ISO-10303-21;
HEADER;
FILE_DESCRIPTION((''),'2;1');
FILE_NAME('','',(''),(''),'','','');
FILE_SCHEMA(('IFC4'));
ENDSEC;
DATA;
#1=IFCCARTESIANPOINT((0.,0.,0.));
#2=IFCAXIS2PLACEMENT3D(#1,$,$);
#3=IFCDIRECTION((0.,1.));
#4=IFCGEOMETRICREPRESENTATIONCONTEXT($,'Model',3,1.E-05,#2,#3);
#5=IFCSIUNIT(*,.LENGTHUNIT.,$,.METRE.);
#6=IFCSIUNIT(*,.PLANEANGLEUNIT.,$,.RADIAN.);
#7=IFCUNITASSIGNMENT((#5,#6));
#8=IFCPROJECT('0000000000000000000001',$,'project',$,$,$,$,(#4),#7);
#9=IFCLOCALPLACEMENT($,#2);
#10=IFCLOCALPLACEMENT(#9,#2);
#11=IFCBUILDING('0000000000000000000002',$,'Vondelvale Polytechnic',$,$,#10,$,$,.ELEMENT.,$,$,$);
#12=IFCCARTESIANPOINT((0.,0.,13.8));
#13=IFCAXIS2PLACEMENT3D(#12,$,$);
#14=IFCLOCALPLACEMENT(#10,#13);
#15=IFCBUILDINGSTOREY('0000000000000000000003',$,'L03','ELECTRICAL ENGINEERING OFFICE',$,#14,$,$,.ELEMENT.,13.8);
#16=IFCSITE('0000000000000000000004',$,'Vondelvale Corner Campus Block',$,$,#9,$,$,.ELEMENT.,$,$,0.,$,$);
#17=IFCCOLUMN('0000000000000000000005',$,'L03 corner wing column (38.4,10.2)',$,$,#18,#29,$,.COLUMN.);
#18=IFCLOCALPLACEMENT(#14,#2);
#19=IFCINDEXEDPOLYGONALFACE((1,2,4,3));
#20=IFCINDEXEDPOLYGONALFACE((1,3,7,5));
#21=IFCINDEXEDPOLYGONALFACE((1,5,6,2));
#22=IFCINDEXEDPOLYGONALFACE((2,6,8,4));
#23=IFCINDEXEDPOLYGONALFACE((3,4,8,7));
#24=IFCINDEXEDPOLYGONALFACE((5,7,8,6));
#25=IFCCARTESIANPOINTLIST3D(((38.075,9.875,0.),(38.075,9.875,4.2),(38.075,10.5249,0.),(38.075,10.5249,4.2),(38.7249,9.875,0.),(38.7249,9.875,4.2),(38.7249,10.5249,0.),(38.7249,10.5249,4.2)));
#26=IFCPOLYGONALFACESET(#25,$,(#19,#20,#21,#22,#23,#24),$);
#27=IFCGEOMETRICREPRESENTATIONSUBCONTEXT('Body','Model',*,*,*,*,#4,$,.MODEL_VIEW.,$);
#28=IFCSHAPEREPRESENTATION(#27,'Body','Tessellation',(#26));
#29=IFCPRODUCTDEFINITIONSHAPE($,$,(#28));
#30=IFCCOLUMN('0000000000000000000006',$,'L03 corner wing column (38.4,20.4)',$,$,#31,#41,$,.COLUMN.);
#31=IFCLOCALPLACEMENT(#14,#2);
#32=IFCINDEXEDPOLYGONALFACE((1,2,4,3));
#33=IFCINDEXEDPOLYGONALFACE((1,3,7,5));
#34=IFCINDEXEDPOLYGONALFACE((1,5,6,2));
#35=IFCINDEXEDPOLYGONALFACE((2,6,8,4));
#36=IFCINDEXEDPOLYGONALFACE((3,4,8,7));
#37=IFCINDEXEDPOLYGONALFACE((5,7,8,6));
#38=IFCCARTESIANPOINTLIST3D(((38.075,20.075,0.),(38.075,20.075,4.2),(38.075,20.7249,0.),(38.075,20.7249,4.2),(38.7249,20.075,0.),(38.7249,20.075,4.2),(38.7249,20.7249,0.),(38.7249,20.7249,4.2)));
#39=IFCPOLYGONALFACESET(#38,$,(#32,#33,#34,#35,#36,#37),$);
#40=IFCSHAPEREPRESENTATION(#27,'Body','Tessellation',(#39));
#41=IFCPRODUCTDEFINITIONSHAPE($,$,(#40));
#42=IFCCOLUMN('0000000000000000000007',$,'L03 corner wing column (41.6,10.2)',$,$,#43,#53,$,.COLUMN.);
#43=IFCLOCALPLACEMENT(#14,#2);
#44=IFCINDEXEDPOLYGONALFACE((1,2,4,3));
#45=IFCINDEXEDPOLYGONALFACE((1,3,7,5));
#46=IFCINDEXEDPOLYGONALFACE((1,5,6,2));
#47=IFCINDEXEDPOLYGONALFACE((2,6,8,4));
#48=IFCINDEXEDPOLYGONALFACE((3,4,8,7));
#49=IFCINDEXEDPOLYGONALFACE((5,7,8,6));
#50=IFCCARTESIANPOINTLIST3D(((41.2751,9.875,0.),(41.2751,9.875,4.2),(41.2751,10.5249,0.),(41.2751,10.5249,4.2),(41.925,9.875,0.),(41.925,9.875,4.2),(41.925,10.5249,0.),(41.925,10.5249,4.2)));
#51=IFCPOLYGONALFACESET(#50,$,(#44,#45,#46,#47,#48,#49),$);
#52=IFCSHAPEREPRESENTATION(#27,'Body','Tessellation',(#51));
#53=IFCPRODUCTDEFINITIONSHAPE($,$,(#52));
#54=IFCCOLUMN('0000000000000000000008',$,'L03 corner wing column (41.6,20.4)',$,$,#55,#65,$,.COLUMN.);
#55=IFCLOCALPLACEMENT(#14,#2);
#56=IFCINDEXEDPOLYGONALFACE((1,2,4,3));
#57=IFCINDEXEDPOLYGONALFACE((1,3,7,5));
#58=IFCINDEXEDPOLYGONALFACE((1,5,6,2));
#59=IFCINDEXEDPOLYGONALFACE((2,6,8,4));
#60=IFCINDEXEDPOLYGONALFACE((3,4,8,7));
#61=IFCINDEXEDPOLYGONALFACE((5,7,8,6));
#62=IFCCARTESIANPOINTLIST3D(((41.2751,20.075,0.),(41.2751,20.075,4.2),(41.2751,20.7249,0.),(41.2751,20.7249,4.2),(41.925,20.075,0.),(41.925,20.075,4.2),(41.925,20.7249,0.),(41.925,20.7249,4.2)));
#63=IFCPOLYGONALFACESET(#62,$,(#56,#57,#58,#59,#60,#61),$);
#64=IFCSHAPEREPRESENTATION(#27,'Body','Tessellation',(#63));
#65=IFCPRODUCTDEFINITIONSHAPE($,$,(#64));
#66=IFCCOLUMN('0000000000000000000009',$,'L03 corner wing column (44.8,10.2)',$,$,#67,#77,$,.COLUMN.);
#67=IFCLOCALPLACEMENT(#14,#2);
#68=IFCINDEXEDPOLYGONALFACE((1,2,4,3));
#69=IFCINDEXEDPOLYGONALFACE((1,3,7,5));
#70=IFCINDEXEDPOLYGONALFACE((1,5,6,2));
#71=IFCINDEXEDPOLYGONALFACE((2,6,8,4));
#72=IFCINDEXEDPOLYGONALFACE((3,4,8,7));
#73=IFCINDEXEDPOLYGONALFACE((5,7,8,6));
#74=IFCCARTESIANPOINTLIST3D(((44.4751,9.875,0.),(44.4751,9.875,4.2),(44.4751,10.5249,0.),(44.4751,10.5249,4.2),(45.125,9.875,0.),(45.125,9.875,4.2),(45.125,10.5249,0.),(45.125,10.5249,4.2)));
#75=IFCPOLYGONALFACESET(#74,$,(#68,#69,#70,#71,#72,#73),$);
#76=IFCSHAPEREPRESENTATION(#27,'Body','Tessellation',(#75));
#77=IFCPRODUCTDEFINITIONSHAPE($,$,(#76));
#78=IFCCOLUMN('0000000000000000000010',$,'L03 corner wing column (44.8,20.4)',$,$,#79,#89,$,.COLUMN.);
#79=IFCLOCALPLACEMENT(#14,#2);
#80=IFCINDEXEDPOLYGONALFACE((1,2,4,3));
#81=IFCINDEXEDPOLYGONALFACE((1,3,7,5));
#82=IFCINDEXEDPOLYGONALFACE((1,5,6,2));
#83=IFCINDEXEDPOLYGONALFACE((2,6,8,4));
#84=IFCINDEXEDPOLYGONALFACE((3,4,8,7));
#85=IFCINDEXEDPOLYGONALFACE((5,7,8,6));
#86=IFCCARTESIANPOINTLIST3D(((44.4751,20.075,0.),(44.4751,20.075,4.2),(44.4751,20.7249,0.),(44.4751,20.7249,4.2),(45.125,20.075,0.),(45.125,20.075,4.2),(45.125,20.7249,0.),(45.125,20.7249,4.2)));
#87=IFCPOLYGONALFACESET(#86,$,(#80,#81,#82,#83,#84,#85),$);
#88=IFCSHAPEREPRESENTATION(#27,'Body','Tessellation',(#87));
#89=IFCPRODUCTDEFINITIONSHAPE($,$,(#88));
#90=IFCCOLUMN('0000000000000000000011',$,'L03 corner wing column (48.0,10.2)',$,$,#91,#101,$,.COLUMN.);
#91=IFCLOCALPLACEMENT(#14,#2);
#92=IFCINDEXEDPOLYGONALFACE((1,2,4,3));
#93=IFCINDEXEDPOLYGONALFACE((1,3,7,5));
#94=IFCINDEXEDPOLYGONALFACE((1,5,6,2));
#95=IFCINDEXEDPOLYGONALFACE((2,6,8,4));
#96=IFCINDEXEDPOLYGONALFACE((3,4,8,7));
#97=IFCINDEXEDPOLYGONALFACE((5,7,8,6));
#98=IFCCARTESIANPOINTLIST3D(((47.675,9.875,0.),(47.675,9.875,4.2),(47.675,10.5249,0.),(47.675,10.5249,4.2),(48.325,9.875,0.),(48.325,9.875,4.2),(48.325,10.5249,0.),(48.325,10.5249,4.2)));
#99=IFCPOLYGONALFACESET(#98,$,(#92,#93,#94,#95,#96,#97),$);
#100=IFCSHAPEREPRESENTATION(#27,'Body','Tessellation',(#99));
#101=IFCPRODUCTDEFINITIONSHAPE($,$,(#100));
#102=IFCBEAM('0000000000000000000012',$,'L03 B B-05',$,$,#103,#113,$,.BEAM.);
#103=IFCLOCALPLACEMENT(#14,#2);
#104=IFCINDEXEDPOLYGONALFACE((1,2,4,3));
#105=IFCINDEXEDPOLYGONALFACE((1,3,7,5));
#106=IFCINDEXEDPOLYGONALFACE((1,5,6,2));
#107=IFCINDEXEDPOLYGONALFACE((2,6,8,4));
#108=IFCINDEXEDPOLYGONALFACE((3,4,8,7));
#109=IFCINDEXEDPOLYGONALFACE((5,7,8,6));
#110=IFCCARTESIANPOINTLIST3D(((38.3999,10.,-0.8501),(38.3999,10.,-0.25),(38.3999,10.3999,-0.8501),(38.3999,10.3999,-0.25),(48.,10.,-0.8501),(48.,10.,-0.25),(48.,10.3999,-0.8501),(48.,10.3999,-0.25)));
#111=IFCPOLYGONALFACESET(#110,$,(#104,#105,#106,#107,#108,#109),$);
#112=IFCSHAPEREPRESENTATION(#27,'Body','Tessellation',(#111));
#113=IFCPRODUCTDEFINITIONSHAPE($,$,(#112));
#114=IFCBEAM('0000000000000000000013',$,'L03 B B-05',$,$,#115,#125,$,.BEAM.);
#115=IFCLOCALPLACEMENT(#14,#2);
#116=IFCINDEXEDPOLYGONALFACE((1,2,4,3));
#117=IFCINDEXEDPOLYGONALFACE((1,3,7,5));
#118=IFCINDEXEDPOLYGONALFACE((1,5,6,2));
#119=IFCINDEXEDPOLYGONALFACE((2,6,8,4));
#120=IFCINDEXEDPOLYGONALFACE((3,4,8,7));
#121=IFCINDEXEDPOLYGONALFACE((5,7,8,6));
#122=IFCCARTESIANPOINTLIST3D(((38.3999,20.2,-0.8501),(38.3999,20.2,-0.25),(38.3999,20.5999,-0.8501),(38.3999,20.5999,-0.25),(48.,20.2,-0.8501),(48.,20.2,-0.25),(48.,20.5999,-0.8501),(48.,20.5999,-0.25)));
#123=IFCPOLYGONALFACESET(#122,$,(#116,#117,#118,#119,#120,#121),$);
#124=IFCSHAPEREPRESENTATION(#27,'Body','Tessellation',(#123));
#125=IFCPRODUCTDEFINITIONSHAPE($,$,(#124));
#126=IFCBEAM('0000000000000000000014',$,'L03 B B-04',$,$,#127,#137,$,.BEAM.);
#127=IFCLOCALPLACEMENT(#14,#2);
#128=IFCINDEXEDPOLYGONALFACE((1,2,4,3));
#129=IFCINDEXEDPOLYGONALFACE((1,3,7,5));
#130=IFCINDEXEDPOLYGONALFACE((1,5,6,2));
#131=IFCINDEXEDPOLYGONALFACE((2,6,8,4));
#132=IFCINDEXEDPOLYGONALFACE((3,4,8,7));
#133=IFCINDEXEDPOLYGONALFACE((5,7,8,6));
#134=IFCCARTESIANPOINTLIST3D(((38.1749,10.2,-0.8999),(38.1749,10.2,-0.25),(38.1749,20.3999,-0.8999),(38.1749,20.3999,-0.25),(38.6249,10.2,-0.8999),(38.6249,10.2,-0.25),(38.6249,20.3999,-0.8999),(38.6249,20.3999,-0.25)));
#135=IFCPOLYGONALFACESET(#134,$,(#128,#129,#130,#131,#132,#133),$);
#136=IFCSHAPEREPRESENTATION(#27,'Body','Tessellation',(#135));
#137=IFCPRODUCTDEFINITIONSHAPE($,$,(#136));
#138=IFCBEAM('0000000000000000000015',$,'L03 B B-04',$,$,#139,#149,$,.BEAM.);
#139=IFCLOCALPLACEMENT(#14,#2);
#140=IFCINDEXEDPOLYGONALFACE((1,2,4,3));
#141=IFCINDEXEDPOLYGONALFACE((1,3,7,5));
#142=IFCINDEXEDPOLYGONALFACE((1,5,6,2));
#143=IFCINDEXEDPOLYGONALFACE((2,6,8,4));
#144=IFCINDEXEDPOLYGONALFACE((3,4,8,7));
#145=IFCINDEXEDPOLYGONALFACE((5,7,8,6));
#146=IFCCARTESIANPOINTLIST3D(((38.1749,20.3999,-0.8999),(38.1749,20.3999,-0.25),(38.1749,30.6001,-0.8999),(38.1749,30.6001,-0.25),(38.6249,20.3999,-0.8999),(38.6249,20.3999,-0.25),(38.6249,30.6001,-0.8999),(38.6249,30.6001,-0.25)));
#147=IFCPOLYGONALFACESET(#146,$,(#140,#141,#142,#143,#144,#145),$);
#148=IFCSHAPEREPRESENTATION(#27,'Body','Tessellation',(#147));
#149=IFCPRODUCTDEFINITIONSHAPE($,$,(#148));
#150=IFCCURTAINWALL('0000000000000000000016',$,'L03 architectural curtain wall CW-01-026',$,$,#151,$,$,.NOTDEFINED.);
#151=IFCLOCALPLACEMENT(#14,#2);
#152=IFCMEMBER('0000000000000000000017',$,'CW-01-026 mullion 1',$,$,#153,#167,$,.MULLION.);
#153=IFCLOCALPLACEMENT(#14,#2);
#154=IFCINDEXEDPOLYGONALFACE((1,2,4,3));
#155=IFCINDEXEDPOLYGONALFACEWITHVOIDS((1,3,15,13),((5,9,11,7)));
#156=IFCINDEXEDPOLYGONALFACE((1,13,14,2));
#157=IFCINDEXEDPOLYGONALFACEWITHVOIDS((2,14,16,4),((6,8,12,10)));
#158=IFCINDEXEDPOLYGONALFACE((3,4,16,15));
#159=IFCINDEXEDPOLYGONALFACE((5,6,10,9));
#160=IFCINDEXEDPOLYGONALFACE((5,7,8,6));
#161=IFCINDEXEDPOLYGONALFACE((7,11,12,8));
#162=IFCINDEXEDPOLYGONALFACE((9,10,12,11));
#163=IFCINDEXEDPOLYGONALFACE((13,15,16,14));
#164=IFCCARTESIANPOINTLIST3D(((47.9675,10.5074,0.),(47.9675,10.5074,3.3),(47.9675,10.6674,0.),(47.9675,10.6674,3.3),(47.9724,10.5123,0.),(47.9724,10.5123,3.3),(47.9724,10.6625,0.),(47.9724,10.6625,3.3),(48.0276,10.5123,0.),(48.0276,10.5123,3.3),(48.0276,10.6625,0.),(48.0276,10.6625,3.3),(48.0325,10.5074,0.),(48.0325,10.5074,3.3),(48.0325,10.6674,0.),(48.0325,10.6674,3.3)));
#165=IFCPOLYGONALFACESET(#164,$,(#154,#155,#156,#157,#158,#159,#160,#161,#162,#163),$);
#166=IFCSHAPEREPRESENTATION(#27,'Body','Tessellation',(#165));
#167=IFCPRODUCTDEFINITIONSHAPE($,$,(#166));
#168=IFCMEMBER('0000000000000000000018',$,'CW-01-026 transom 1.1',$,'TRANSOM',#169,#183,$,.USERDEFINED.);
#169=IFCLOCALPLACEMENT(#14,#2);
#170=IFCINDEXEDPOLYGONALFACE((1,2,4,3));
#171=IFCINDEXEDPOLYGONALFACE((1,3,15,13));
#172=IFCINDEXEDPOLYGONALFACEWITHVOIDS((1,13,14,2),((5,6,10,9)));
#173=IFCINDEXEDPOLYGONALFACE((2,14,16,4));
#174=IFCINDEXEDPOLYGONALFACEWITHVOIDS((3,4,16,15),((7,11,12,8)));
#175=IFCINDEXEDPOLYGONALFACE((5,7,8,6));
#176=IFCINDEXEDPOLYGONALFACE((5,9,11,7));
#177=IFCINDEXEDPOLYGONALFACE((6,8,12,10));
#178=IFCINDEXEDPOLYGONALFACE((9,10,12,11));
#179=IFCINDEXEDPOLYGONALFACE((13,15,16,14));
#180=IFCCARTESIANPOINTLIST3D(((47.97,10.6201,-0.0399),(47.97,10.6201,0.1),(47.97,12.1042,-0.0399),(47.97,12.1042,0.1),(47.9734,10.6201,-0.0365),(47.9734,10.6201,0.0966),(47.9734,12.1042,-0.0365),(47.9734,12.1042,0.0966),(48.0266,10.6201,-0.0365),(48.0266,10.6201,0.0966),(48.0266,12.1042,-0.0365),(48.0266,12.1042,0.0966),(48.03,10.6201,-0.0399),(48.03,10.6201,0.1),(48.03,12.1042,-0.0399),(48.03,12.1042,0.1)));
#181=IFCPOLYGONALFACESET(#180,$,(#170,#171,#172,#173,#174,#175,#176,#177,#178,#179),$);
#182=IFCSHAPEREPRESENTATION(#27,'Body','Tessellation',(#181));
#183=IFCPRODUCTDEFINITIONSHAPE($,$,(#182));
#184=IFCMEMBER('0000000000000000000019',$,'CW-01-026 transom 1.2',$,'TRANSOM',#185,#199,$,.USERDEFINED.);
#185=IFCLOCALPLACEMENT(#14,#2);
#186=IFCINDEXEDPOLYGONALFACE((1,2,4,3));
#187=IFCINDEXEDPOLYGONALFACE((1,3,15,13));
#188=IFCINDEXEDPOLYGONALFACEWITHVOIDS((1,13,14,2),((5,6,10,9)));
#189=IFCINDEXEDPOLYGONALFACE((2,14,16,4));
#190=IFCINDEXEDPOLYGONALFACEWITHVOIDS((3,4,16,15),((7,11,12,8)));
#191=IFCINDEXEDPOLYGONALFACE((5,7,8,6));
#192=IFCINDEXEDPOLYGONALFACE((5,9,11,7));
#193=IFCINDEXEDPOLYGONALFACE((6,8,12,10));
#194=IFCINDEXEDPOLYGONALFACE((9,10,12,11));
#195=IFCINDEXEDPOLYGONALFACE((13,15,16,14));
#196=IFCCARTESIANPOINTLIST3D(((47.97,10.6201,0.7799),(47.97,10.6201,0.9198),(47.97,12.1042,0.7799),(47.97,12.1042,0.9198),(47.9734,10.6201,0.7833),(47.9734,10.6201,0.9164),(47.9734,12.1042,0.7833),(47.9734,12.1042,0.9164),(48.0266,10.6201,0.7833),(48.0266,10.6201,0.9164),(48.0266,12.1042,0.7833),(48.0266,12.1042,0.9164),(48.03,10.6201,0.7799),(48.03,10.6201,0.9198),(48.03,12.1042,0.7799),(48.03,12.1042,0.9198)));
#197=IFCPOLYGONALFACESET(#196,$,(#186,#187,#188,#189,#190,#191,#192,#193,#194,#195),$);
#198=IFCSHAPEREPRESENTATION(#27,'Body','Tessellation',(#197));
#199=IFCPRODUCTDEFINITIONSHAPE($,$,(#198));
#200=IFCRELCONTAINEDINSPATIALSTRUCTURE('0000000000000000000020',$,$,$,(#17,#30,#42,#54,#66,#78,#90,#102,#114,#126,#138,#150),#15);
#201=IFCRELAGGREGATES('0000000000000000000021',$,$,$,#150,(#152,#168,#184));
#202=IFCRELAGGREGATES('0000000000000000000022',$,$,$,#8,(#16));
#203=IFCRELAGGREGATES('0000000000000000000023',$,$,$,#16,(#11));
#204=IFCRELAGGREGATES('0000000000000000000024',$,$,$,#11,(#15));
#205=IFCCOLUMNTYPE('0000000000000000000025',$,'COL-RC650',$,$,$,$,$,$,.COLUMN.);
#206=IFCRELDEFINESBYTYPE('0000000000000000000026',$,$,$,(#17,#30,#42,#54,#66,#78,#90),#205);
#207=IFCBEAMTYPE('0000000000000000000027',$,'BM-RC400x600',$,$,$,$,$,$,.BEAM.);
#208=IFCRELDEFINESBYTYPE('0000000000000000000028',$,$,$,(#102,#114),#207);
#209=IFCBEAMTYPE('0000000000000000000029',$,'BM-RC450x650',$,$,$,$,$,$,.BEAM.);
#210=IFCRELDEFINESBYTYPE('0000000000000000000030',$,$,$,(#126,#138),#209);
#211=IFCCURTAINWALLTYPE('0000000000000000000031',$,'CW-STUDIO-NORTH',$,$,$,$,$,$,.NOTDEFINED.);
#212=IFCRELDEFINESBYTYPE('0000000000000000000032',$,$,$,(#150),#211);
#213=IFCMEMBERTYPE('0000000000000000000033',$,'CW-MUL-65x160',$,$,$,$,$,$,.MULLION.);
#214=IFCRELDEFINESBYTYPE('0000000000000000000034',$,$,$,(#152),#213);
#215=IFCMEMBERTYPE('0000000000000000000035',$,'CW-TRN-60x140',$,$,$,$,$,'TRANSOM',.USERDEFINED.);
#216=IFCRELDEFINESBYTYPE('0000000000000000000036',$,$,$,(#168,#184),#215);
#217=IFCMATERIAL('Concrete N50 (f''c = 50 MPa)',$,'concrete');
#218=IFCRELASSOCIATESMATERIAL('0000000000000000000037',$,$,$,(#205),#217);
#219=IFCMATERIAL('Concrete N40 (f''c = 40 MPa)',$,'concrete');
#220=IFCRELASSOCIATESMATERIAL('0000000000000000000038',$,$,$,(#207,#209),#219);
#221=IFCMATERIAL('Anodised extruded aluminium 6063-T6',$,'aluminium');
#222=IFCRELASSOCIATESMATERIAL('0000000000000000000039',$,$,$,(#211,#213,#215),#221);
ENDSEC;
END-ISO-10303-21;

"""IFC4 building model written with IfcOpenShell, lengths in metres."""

from ifc_helpers import new_model, si_unit, direction, frame, origin, origin_2d, place, context, subcontext, project, spatial, rectangle, hollow_rectangle, extrude, material, material_profile, profile_set, type_object, element, aggregate, save


model = new_model("IFC4")

# Units and contexts
model_context = context("Model", 3, precision=1e-05, world=origin(), true_north=direction((0.0, 1.0)))
body_context = subcontext(model_context, "Body", "Model", "MODEL_VIEW")
ifc_project = project(units=[si_unit("LENGTHUNIT", "METRE"), si_unit("PLANEANGLEUNIT", "RADIAN")], contexts=[model_context])

# Site, building, storey
site_placement = place(None, origin())
site = spatial("IfcSite", under=ifc_project, at=site_placement, Name="Vondelvale Corner Campus Block", CompositionType="ELEMENT", RefElevation=0.0)
building_placement = place(site_placement, origin())
building = spatial("IfcBuilding", under=site, at=building_placement, Name="Vondelvale Polytechnic", CompositionType="ELEMENT")
storey_placement = place(building_placement, frame((0.0, 0.0, 13.8)))
storey = spatial("IfcBuildingStorey", under=building, at=storey_placement, Name="L03", Description="ELECTRICAL ENGINEERING OFFICE", CompositionType="ELEMENT", Elevation=13.8)

# Columns
ifc_material_1 = material(Name="Concrete N50 (f'c = 50 MPa)", Category="concrete")
ifc_material_profile_1 = material_profile(ifc_material_1, rectangle(XDim=0.6499, YDim=0.6499, at=origin_2d()), Name="RC-COL-650x650")
ifc_profile_set_1 = profile_set([ifc_material_profile_1], Name="Concrete N50 (f'c = 50 MPa)")
column_type = type_object("IfcColumnType", Name="COL-RC650", PredefinedType="COLUMN", material=ifc_profile_set_1)
for number, where, z_axis, x_axis, name in (
    (1, (38.3999, 10.2, 0.0), (0.0, 0.0, 1.0), (1.0, 0.0, 0.0), "L03 corner wing column (38.4,10.2)"),
    (2, (38.3999, 20.3999, 0.0), (0.0, 0.0, 1.0), (1.0, 0.0, 0.0), "L03 corner wing column (38.4,20.4)"),
    (3, (41.6001, 10.2, 0.0), (0.0, 0.0, 1.0), (1.0, 0.0, 0.0), "L03 corner wing column (41.6,10.2)"),
    (4, (41.6001, 20.3999, 0.0), (0.0, 0.0, 1.0), (1.0, 0.0, 0.0), "L03 corner wing column (41.6,20.4)"),
    (5, (44.8, 10.2, 0.0), (0.0, 0.0, 1.0), (1.0, 0.0, 0.0), "L03 corner wing column (44.8,10.2)"),
    (6, (44.8, 20.3999, 0.0), (0.0, 0.0, 1.0), (1.0, 0.0, 0.0), "L03 corner wing column (44.8,20.4)"),
    (7, (48.0, 10.2, 0.0), (0.0, 0.0, 1.0), (1.0, 0.0, 0.0), "L03 corner wing column (48.0,10.2)"),
):
    element("IfcColumn", number, at=place(storey_placement, frame(where, z_axis=z_axis, x_axis=x_axis)), inside=storey, type_object=column_type, Name=name, PredefinedType="COLUMN", context=body_context, shape_type="SweptSolid", body=[
        extrude(rectangle(XDim=0.6499, YDim=0.6499, at=origin_2d()), origin(), (0.0, 0.0, 1.0), 4.2),
    ])

# Beams
ifc_material_2 = material(Name="Concrete N40 (f'c = 40 MPa)", Category="concrete")
ifc_material_profile_2 = material_profile(ifc_material_2, rectangle(XDim=0.3999, YDim=0.6001, at=origin_2d()), Name="RC-BM-400x600")
ifc_profile_set_2 = profile_set([ifc_material_profile_2], Name="Concrete N40 (f'c = 40 MPa)")
beam_type_1 = type_object("IfcBeamType", Name="BM-RC400x600", PredefinedType="BEAM", material=ifc_profile_set_2)
for number, where, z_axis, x_axis, name in (
    (8, (38.3999, 10.2, -0.55), (1.0, 0.0, 0.0), (0.0, 1.0, 0.0), "L03 B B-05"),
    (9, (38.3999, 20.3999, -0.55), (1.0, 0.0, 0.0), (0.0, 1.0, 0.0), "L03 B B-05"),
):
    element("IfcBeam", number, at=place(storey_placement, frame(where, z_axis=z_axis, x_axis=x_axis)), inside=storey, type_object=beam_type_1, Name=name, PredefinedType="BEAM", context=body_context, shape_type="SweptSolid", body=[
        extrude(rectangle(XDim=0.3999, YDim=0.6001, at=origin_2d()), origin(), (0.0, 0.0, 1.0), 9.6001),
    ])
ifc_material_profile_3 = material_profile(ifc_material_2, rectangle(XDim=0.45, YDim=0.6499, at=origin_2d()), Name="RC-BM-450x650")
ifc_profile_set_3 = profile_set([ifc_material_profile_3], Name="Concrete N40 (f'c = 40 MPa)")
beam_type_2 = type_object("IfcBeamType", Name="BM-RC450x650", PredefinedType="BEAM", material=ifc_profile_set_3)
beam_1_placement = place(storey_placement, frame((38.3999, 10.2, -0.575), z_axis=(0.0, 1.0, 0.0), x_axis=(-1.0, 0.0, 0.0)))
element("IfcBeam", 10, at=beam_1_placement, inside=storey, type_object=beam_type_2, Name="L03 B B-04", PredefinedType="BEAM", context=body_context, shape_type="SweptSolid", body=[
    extrude(rectangle(XDim=0.45, YDim=0.6499, at=origin_2d()), origin(), (0.0, 0.0, 1.0), 10.2),
])
beam_2_placement = place(storey_placement, frame((38.3999, 20.3999, -0.575), z_axis=(0.0, 1.0, 0.0), x_axis=(-1.0, 0.0, 0.0)))
element("IfcBeam", 11, at=beam_2_placement, inside=storey, type_object=beam_type_2, Name="L03 B B-04", PredefinedType="BEAM", context=body_context, shape_type="SweptSolid", body=[
    extrude(rectangle(XDim=0.45, YDim=0.6499, at=origin_2d()), origin(), (0.0, 0.0, 1.0), 10.2002),
])

# Curtain wall, members
ifc_material_3 = material(Name="Anodised extruded aluminium 6063-T6", Category="aluminium")
curtain_wall_type = type_object("IfcCurtainWallType", Name="CW-STUDIO-NORTH", PredefinedType="NOTDEFINED", material=ifc_material_3)
curtain_wall_placement = place(storey_placement, origin())
curtain_wall = element("IfcCurtainWall", 12, at=curtain_wall_placement, inside=storey, type_object=curtain_wall_type, Name="L03 architectural curtain wall CW-01-026", PredefinedType="NOTDEFINED")
ifc_material_profile_4 = material_profile(ifc_material_3, hollow_rectangle(XDim=0.0649, YDim=0.1599, WallThickness=0.0049, at=origin_2d()), Name="CW-MUL-160x65")
ifc_profile_set_4 = profile_set([ifc_material_profile_4], Name="Anodised extruded aluminium 6063-T6")
member_type_1 = type_object("IfcMemberType", Name="CW-MUL-65x160", PredefinedType="MULLION", material=ifc_profile_set_4)
member_1_placement = place(storey_placement, frame((48.0, 10.5874, 0.0), z_axis=(0.0, 0.0, 1.0), x_axis=(-1.0, 0.0, 0.0)))
member_1 = element("IfcMember", 13, at=member_1_placement, type_object=member_type_1, Name="CW-01-026 mullion 1", PredefinedType="MULLION", context=body_context, shape_type="SweptSolid", body=[
    extrude(hollow_rectangle(XDim=0.0649, YDim=0.1599, WallThickness=0.0049, at=origin_2d()), origin(), (0.0, 0.0, 1.0), 3.3),
])
ifc_material_profile_5 = material_profile(ifc_material_3, hollow_rectangle(XDim=0.0601, YDim=0.1399, WallThickness=0.0034, at=origin_2d()), Name="CW-TRN-140x60")
ifc_profile_set_5 = profile_set([ifc_material_profile_5], Name="Anodised extruded aluminium 6063-T6")
member_type_2 = type_object("IfcMemberType", Name="CW-TRN-60x140", ElementType="TRANSOM", PredefinedType="USERDEFINED", material=ifc_profile_set_5)
member_2_placement = place(storey_placement, frame((48.0, 10.6201, 0.03), z_axis=(0.0, 1.0, 0.0), x_axis=(-1.0, 0.0, 0.0)))
member_2 = element("IfcMember", 14, at=member_2_placement, type_object=member_type_2, Name="CW-01-026 transom 1.1", ObjectType="TRANSOM", PredefinedType="USERDEFINED", context=body_context, shape_type="SweptSolid", body=[
    extrude(hollow_rectangle(XDim=0.0601, YDim=0.1399, WallThickness=0.0034, at=origin_2d()), origin(), (0.0, 0.0, 1.0), 1.4841),
])
member_3_placement = place(storey_placement, frame((48.0, 10.6201, 0.8499), z_axis=(0.0, 1.0, 0.0), x_axis=(-1.0, 0.0, 0.0)))
member_3 = element("IfcMember", 15, at=member_3_placement, type_object=member_type_2, Name="CW-01-026 transom 1.2", ObjectType="TRANSOM", PredefinedType="USERDEFINED", context=body_context, shape_type="SweptSolid", body=[
    extrude(hollow_rectangle(XDim=0.0601, YDim=0.1399, WallThickness=0.0034, at=origin_2d()), origin(), (0.0, 0.0, 1.0), 1.4841),
])
aggregate(curtain_wall, [member_1, member_2, member_3])

save(model, "model.ifc")
